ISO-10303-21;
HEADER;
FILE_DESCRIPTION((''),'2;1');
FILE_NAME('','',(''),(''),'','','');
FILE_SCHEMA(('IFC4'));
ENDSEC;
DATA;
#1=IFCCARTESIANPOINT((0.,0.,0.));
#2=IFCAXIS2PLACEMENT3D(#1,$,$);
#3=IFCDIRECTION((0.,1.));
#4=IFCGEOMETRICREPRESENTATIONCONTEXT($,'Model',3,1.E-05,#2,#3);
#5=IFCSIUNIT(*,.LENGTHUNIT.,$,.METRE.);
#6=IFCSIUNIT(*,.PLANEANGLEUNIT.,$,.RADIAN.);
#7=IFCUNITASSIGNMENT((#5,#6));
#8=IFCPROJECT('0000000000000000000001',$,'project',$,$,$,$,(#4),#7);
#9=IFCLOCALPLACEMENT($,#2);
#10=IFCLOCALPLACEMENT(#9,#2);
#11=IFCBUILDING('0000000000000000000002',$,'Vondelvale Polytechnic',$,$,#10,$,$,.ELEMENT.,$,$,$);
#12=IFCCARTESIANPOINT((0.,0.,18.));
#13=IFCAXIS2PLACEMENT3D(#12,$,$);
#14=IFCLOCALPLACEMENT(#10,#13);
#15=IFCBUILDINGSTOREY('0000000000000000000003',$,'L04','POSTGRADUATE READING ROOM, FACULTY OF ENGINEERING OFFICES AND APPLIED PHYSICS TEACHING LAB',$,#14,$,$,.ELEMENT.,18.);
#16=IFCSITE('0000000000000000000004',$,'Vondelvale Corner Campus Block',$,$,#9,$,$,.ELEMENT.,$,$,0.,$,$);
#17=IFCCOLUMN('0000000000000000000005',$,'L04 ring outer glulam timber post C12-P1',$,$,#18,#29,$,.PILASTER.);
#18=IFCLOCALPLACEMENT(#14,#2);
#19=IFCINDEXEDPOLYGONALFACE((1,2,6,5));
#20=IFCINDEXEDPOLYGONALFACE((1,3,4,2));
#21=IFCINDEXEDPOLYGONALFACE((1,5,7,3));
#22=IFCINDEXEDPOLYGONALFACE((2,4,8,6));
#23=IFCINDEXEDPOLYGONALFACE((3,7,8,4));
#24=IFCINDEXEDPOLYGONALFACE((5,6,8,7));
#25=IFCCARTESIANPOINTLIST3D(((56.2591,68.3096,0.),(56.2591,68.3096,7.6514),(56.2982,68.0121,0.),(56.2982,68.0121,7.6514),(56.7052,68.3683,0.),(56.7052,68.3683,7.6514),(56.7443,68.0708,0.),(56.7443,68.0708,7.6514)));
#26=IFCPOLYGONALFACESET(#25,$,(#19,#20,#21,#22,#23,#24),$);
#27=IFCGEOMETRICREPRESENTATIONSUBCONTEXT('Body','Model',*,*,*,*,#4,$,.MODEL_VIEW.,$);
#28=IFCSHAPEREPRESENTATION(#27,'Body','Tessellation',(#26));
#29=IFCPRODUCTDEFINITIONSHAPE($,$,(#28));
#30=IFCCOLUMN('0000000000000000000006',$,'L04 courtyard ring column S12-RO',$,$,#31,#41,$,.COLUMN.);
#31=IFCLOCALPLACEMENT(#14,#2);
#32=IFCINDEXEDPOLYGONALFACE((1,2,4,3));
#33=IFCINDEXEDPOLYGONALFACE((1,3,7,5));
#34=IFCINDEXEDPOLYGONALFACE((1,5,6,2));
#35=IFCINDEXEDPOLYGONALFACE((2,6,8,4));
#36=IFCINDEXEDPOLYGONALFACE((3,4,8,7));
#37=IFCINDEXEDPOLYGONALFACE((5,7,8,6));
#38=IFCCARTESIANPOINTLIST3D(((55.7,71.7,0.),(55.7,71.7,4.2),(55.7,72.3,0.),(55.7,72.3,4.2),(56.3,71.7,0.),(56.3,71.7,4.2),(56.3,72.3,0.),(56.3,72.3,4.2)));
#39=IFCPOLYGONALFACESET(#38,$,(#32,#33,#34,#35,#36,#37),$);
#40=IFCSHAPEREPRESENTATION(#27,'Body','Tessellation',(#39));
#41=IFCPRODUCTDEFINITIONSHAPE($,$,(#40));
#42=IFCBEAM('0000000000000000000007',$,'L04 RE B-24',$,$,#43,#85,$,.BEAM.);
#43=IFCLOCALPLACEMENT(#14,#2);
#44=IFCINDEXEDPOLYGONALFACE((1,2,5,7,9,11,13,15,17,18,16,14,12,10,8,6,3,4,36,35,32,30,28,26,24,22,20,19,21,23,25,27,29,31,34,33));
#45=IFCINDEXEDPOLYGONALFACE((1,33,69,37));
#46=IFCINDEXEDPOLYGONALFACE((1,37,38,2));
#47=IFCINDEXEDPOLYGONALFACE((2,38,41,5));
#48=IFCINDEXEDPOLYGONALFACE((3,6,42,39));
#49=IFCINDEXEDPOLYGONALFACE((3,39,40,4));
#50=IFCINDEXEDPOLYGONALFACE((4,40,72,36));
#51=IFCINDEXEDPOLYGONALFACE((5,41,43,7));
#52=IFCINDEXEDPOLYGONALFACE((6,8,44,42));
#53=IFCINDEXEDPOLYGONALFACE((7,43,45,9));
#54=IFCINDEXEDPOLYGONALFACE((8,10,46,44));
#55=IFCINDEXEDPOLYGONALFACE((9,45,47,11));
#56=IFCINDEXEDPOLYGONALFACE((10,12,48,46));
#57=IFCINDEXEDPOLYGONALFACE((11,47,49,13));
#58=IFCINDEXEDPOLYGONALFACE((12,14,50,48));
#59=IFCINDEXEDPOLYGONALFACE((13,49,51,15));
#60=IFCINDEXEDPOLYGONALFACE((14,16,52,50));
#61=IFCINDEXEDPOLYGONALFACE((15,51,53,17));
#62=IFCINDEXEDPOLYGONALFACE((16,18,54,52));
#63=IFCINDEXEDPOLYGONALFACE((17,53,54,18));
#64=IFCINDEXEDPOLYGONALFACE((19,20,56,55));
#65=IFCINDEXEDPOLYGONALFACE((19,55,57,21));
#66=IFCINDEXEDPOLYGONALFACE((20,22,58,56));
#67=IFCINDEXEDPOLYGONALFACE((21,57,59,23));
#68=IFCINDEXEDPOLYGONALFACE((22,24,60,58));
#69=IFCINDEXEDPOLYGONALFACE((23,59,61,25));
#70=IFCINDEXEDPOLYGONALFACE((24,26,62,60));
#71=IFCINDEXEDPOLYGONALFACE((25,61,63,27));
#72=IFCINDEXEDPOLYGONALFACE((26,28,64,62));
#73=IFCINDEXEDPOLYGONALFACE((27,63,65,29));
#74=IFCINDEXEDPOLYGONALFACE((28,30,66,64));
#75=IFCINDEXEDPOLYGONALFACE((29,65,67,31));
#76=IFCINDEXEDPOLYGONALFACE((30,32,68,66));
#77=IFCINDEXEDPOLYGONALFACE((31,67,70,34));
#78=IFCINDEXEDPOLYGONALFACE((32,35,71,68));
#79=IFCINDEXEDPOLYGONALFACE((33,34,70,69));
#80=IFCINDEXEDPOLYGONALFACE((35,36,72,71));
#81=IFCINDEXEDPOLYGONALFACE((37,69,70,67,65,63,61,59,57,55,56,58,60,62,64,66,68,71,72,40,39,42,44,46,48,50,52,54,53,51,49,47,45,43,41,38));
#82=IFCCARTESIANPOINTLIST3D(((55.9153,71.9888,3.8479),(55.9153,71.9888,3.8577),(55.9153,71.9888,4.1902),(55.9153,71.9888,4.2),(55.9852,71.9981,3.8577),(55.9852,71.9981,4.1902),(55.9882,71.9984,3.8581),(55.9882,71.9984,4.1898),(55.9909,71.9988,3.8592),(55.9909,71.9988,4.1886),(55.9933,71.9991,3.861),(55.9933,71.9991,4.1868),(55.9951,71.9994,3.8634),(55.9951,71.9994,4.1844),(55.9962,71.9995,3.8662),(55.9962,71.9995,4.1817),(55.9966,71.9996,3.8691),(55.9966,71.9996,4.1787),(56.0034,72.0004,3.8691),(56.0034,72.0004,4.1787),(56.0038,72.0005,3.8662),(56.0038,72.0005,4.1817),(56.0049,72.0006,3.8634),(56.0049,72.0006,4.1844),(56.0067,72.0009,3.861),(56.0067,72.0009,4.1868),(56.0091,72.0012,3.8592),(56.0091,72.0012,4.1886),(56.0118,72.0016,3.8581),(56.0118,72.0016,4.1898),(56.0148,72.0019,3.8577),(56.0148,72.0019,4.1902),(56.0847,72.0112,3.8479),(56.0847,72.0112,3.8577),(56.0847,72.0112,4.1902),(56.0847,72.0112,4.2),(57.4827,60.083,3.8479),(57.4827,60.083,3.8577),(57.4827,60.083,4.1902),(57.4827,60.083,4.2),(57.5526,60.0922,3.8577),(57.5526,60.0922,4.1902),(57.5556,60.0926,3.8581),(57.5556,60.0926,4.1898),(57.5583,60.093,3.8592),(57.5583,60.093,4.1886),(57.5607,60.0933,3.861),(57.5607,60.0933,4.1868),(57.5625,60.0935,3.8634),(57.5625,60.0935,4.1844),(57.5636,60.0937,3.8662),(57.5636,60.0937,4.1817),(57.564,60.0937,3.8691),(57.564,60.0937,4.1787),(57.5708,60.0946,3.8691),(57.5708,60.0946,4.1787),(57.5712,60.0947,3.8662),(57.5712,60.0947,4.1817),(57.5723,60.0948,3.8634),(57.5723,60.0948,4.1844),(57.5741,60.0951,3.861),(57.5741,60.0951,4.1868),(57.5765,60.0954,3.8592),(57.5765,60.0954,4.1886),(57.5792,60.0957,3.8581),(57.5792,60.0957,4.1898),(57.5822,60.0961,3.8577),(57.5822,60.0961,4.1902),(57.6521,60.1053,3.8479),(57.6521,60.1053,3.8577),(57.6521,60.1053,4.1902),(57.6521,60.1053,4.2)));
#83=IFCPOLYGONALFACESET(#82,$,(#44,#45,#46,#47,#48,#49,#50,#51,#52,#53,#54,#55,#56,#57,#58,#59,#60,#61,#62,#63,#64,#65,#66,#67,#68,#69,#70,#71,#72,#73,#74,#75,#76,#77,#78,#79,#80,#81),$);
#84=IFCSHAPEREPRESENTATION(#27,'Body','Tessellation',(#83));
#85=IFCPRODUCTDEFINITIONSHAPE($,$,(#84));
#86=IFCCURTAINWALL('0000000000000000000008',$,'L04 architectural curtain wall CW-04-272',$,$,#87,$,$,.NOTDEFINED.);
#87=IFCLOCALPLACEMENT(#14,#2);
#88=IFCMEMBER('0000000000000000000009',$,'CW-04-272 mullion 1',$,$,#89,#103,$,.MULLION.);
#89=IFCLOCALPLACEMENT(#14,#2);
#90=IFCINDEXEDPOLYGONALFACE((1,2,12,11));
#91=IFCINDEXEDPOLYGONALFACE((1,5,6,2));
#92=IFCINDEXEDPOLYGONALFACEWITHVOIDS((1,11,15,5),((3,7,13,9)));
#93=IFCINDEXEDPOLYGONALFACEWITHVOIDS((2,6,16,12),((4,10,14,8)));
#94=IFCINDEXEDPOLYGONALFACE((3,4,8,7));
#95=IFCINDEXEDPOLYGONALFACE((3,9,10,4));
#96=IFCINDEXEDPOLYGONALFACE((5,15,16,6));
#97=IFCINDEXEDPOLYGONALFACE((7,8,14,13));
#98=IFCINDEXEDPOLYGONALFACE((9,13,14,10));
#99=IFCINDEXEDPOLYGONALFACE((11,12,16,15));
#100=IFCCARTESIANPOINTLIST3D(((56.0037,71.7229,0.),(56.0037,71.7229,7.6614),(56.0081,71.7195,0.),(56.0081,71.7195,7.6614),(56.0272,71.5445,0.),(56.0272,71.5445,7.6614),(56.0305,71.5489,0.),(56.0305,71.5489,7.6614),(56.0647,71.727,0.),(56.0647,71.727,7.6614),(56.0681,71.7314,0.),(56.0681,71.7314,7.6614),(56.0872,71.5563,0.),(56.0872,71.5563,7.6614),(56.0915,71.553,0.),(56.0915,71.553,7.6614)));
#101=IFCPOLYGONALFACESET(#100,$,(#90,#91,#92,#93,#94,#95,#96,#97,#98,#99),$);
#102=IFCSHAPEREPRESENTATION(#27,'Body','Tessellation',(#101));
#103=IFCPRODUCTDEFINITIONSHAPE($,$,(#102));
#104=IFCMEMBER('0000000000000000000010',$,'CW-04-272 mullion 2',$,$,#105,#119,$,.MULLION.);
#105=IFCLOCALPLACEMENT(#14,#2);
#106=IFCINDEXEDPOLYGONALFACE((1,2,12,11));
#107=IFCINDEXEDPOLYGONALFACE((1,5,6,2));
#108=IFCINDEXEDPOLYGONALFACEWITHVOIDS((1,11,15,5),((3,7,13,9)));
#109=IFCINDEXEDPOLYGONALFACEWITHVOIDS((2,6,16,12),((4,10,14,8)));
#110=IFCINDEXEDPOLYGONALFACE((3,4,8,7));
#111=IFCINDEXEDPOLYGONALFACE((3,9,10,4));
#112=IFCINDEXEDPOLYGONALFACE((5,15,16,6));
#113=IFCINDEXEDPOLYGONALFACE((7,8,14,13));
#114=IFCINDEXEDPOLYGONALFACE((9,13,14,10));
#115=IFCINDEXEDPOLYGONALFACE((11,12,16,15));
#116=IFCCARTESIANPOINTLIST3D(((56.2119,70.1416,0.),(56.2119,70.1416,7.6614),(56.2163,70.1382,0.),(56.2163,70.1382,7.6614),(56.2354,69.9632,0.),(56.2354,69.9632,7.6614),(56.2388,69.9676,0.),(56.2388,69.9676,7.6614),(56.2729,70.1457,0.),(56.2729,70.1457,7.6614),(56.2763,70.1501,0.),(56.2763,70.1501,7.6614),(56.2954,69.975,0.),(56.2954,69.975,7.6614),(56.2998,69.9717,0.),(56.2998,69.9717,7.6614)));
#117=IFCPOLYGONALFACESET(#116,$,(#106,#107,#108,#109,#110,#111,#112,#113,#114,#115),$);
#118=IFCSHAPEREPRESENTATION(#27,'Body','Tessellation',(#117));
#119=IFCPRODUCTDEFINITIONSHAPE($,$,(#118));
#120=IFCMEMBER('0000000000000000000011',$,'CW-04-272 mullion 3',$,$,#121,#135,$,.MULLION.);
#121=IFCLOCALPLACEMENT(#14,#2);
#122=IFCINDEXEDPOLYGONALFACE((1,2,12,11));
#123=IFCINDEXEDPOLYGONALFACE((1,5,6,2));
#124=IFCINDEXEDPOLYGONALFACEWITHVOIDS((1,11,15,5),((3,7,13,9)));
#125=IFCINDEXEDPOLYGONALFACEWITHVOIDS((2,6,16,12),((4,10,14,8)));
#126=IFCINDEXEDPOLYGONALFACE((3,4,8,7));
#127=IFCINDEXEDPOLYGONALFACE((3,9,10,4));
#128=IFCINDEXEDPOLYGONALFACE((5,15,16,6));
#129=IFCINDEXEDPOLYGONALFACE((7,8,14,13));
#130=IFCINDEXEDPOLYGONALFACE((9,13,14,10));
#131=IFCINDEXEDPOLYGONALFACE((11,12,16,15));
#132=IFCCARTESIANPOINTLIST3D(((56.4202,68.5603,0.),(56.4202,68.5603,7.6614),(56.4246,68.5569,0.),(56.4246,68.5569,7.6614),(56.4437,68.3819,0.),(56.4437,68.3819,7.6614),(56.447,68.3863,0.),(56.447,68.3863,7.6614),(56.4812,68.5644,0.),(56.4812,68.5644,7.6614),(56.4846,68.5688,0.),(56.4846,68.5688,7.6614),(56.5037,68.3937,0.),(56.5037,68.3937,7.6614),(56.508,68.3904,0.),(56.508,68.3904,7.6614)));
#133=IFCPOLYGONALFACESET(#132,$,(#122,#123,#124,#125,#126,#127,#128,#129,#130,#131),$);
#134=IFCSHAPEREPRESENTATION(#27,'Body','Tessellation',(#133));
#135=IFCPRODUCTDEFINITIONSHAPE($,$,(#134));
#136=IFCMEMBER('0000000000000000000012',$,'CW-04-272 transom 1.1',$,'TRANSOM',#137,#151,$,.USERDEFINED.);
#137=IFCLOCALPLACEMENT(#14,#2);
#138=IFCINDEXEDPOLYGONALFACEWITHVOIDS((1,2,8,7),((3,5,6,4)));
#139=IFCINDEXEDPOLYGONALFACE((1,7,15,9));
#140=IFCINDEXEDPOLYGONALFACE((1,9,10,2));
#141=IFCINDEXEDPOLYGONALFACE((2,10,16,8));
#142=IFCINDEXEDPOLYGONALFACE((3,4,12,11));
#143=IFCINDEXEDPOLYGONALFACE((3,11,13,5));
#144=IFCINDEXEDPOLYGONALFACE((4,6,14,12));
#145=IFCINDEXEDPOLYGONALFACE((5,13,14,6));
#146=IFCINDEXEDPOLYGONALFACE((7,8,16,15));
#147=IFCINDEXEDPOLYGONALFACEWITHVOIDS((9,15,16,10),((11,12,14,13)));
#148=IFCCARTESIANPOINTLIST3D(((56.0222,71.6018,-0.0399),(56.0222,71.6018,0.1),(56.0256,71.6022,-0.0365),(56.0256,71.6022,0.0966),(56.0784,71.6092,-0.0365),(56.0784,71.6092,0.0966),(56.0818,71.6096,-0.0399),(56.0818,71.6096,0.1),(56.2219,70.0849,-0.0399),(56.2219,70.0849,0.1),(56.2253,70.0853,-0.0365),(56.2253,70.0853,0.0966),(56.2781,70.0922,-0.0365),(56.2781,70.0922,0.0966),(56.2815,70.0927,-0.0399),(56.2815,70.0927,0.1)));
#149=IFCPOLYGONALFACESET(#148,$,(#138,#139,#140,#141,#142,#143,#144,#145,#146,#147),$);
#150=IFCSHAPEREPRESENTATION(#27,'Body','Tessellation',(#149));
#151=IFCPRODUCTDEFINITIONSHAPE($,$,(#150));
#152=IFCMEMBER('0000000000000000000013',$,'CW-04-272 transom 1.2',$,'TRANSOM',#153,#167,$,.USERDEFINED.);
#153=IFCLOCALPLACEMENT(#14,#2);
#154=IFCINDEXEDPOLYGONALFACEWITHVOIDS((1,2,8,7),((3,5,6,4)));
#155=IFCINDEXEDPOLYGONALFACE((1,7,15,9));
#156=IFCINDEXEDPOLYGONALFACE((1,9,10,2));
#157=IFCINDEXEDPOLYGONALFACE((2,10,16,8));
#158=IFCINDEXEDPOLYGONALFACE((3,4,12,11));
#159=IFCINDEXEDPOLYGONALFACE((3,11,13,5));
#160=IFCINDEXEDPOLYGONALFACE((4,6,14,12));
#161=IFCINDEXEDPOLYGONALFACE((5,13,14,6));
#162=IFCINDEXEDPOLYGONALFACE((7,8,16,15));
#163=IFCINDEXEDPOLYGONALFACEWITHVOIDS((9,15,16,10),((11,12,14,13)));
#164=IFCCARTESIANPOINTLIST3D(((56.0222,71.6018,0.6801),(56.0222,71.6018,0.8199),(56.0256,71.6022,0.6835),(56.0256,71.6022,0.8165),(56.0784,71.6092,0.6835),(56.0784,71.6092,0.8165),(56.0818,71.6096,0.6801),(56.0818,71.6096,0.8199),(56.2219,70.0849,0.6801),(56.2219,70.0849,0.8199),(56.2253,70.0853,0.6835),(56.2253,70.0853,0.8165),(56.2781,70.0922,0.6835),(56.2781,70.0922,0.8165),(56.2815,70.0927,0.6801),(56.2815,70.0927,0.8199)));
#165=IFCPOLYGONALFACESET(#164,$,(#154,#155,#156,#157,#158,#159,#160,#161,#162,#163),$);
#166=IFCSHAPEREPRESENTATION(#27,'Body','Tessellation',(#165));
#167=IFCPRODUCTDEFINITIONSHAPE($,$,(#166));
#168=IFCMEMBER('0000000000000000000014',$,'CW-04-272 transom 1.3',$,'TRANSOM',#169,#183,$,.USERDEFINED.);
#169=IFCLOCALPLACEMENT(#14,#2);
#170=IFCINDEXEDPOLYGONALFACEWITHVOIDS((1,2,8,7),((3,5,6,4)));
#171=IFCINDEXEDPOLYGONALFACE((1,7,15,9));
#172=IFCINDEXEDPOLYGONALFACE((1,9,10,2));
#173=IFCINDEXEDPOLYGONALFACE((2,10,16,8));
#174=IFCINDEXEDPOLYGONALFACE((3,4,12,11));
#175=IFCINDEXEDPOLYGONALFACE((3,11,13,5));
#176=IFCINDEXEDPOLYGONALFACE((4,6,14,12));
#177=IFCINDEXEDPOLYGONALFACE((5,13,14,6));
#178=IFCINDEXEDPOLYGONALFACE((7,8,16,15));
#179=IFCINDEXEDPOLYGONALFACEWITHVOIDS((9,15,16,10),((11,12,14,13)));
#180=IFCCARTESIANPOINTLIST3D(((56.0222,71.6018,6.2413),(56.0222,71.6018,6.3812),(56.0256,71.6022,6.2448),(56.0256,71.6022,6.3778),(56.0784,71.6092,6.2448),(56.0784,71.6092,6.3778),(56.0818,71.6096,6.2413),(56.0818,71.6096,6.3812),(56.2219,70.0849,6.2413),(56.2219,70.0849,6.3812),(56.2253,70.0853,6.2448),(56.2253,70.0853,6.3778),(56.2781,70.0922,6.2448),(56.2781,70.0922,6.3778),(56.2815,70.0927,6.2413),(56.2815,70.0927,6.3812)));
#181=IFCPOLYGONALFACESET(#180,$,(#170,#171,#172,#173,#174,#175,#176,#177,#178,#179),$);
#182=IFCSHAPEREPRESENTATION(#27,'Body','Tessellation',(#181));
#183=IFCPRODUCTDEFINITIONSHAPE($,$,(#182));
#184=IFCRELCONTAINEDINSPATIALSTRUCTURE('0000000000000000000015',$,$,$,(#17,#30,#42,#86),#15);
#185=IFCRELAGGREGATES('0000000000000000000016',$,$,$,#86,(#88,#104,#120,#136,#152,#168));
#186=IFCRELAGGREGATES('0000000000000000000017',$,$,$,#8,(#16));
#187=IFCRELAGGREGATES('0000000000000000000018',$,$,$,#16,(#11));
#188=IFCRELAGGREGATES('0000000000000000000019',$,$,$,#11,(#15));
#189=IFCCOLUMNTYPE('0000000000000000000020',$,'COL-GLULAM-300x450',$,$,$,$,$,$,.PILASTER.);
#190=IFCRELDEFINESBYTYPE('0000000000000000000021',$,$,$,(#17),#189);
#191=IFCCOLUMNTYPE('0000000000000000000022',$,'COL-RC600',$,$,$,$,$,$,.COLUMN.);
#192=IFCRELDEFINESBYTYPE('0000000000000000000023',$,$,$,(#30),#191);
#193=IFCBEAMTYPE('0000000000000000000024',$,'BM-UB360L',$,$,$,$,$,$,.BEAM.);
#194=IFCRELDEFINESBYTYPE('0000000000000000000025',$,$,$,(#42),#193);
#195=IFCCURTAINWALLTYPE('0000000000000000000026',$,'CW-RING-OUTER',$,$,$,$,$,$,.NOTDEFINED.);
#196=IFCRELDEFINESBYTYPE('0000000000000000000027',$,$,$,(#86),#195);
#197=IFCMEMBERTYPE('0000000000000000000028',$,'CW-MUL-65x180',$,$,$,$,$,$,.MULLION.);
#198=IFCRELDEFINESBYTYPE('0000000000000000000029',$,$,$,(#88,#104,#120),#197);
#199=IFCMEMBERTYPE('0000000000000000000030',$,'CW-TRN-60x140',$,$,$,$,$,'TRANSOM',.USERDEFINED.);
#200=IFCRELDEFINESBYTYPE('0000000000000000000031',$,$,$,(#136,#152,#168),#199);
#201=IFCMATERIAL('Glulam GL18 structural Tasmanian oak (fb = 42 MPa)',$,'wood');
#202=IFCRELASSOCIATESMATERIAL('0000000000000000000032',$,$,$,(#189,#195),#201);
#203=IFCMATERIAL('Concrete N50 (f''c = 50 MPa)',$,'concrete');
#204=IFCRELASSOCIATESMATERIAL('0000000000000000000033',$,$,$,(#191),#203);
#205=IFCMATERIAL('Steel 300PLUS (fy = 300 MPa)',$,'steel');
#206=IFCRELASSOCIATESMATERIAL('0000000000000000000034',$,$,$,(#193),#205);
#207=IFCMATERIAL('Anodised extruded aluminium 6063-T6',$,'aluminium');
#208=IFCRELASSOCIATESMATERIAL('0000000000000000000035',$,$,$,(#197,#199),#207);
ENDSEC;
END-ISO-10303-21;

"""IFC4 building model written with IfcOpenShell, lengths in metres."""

from ifc_helpers import new_model, si_unit, direction, frame, origin, origin_2d, place, context, subcontext, project, spatial, rectangle, hollow_rectangle, i_section, extrude, material, material_profile, profile_set, type_object, element, aggregate, save


model = new_model("IFC4")

# Units and contexts
model_context = context("Model", 3, precision=1e-05, world=origin(), true_north=direction((0.0, 1.0)))
body_context = subcontext(model_context, "Body", "Model", "MODEL_VIEW")
ifc_project = project(units=[si_unit("LENGTHUNIT", "METRE"), si_unit("PLANEANGLEUNIT", "RADIAN")], contexts=[model_context])

# Site, building, storey
site_placement = place(None, origin())
site = spatial("IfcSite", under=ifc_project, at=site_placement, Name="Vondelvale Corner Campus Block", CompositionType="ELEMENT", RefElevation=0.0)
building_placement = place(site_placement, origin())
building = spatial("IfcBuilding", under=site, at=building_placement, Name="Vondelvale Polytechnic", CompositionType="ELEMENT")
storey_placement = place(building_placement, frame((0.0, 0.0, 18.0)))
storey = spatial("IfcBuildingStorey", under=building, at=storey_placement, Name="L04", Description="POSTGRADUATE READING ROOM, FACULTY OF ENGINEERING OFFICES AND APPLIED PHYSICS TEACHING LAB", CompositionType="ELEMENT", Elevation=18.0)

# Columns
ifc_material_1 = material(Name="Glulam GL18 structural Tasmanian oak (fb = 42 MPa)", Category="wood")
ifc_material_profile_1 = material_profile(ifc_material_1, rectangle(XDim=0.3, YDim=0.45, at=origin_2d()), Name="GL-POST-300x450")
ifc_profile_set_1 = profile_set([ifc_material_profile_1], Name="Glulam GL18 structural Tasmanian oak (fb = 42 MPa)")
column_type_1 = type_object("IfcColumnType", Name="COL-GLULAM-300x450", PredefinedType="PILASTER", material=ifc_profile_set_1)
column_1_placement = place(storey_placement, frame((56.5017, 68.1902, 0.0), z_axis=(0.0, 0.0, 1.0), x_axis=(-0.130526, 0.991445, 0.0)))
element("IfcColumn", 1, at=column_1_placement, inside=storey, type_object=column_type_1, Name="L04 ring outer glulam timber post C12-P1", PredefinedType="PILASTER", context=body_context, shape_type="SweptSolid", body=[
    extrude(rectangle(XDim=0.3, YDim=0.45, at=origin_2d()), origin(), (0.0, 0.0, 1.0), 7.6514),
])
ifc_material_2 = material(Name="Concrete N50 (f'c = 50 MPa)", Category="concrete")
ifc_material_profile_2 = material_profile(ifc_material_2, rectangle(XDim=0.6001, YDim=0.6001, at=origin_2d()), Name="RC-COL-600x600")
ifc_profile_set_2 = profile_set([ifc_material_profile_2], Name="Concrete N50 (f'c = 50 MPa)")
column_type_2 = type_object("IfcColumnType", Name="COL-RC600", PredefinedType="COLUMN", material=ifc_profile_set_2)
column_2_placement = place(storey_placement, frame((56.0, 72.0, 0.0), z_axis=(0.0, 0.0, 1.0), x_axis=(1.0, 0.0, 0.0)))
element("IfcColumn", 2, at=column_2_placement, inside=storey, type_object=column_type_2, Name="L04 courtyard ring column S12-RO", PredefinedType="COLUMN", context=body_context, shape_type="SweptSolid", body=[
    extrude(rectangle(XDim=0.6001, YDim=0.6001, at=origin_2d()), origin(), (0.0, 0.0, 1.0), 4.2),
])

# Beam
ifc_material_3 = material(Name="Steel 300PLUS (fy = 300 MPa)", Category="steel")
ifc_material_profile_3 = material_profile(ifc_material_3, i_section(OverallWidth=0.1709, OverallDepth=0.3521, WebThickness=0.0068, FlangeThickness=0.0098, FilletRadius=0.0115, at=origin_2d()), Name="360UB44.7")
ifc_profile_set_3 = profile_set([ifc_material_profile_3], Name="Steel 300PLUS (fy = 300 MPa)")
beam_type = type_object("IfcBeamType", Name="BM-UB360L", PredefinedType="BEAM", material=ifc_profile_set_3)
beam_placement = place(storey_placement, frame((56.0, 72.0, 4.0239), z_axis=(0.130523, -0.991445, 0.0), x_axis=(0.991445, 0.130523, 0.0)))
element("IfcBeam", 3, at=beam_placement, inside=storey, type_object=beam_type, Name="L04 RE B-24", PredefinedType="BEAM", context=body_context, shape_type="SweptSolid", body=[
    extrude(i_section(OverallWidth=0.1709, OverallDepth=0.3521, WebThickness=0.0068, FlangeThickness=0.0098, FilletRadius=0.0115, at=origin_2d()), origin(), (0.0, 0.0, 1.0), 12.0085),
])

# Curtain wall, members
curtain_wall_type = type_object("IfcCurtainWallType", Name="CW-RING-OUTER", PredefinedType="NOTDEFINED", material=ifc_material_1)
curtain_wall_placement = place(storey_placement, origin())
curtain_wall = element("IfcCurtainWall", 4, at=curtain_wall_placement, inside=storey, type_object=curtain_wall_type, Name="L04 architectural curtain wall CW-04-272", PredefinedType="NOTDEFINED")
ifc_material_4 = material(Name="Anodised extruded aluminium 6063-T6", Category="aluminium")
ifc_material_profile_4 = material_profile(ifc_material_4, hollow_rectangle(XDim=0.0649, YDim=0.1799, WallThickness=0.0039, at=origin_2d()), Name="CW-MUL-180x65")
ifc_profile_set_4 = profile_set([ifc_material_profile_4], Name="Anodised extruded aluminium 6063-T6")
member_type_1 = type_object("IfcMemberType", Name="CW-MUL-65x180", PredefinedType="MULLION", material=ifc_profile_set_4)
member_1_placement = place(storey_placement, frame((56.0476, 71.6379, 0.0), z_axis=(0.0, 0.0, 1.0), x_axis=(0.991443, 0.13054, 0.0)))
member_1 = element("IfcMember", 5, at=member_1_placement, type_object=member_type_1, Name="CW-04-272 mullion 1", PredefinedType="MULLION", context=body_context, shape_type="SweptSolid", body=[
    extrude(hollow_rectangle(XDim=0.0649, YDim=0.1799, WallThickness=0.0039, at=origin_2d()), origin(), (0.0, 0.0, 1.0), 7.6614),
])
member_2_placement = place(storey_placement, frame((56.2559, 70.0566, 0.0), z_axis=(0.0, 0.0, 1.0), x_axis=(0.991443, 0.13054, 0.0)))
member_2 = element("IfcMember", 6, at=member_2_placement, type_object=member_type_1, Name="CW-04-272 mullion 2", PredefinedType="MULLION", context=body_context, shape_type="SweptSolid", body=[
    extrude(hollow_rectangle(XDim=0.0649, YDim=0.1799, WallThickness=0.0039, at=origin_2d()), origin(), (0.0, 0.0, 1.0), 7.6614),
])
member_3_placement = place(storey_placement, frame((56.4641, 68.4753, 0.0), z_axis=(0.0, 0.0, 1.0), x_axis=(0.991443, 0.13054, 0.0)))
member_3 = element("IfcMember", 7, at=member_3_placement, type_object=member_type_1, Name="CW-04-272 mullion 3", PredefinedType="MULLION", context=body_context, shape_type="SweptSolid", body=[
    extrude(hollow_rectangle(XDim=0.0649, YDim=0.1799, WallThickness=0.0039, at=origin_2d()), origin(), (0.0, 0.0, 1.0), 7.6614),
])
ifc_material_profile_5 = material_profile(ifc_material_4, hollow_rectangle(XDim=0.0601, YDim=0.1399, WallThickness=0.0034, at=origin_2d()), Name="CW-TRN-140x60")
ifc_profile_set_5 = profile_set([ifc_material_profile_5], Name="Anodised extruded aluminium 6063-T6")
member_type_2 = type_object("IfcMemberType", Name="CW-TRN-60x140", ElementType="TRANSOM", PredefinedType="USERDEFINED", material=ifc_profile_set_5)
member_4_placement = place(storey_placement, frame((56.052, 71.6057, 0.03), z_axis=(0.130533, -0.991444, 0.0), x_axis=(0.991444, 0.130533, 0.0)))
member_4 = element("IfcMember", 8, at=member_4_placement, type_object=member_type_2, Name="CW-04-272 transom 1.1", ObjectType="TRANSOM", PredefinedType="USERDEFINED", context=body_context, shape_type="SweptSolid", body=[
    extrude(hollow_rectangle(XDim=0.0601, YDim=0.1399, WallThickness=0.0034, at=origin_2d()), origin(), (0.0, 0.0, 1.0), 1.53),
])
member_5_placement = place(storey_placement, frame((56.052, 71.6057, 0.75), z_axis=(0.130533, -0.991444, 0.0), x_axis=(0.991444, 0.130533, 0.0)))
member_5 = element("IfcMember", 9, at=member_5_placement, type_object=member_type_2, Name="CW-04-272 transom 1.2", ObjectType="TRANSOM", PredefinedType="USERDEFINED", context=body_context, shape_type="SweptSolid", body=[
    extrude(hollow_rectangle(XDim=0.0601, YDim=0.1399, WallThickness=0.0034, at=origin_2d()), origin(), (0.0, 0.0, 1.0), 1.53),
])
member_6_placement = place(storey_placement, frame((56.052, 71.6057, 6.3113), z_axis=(0.130533, -0.991444, 0.0), x_axis=(0.991444, 0.130533, 0.0)))
member_6 = element("IfcMember", 10, at=member_6_placement, type_object=member_type_2, Name="CW-04-272 transom 1.3", ObjectType="TRANSOM", PredefinedType="USERDEFINED", context=body_context, shape_type="SweptSolid", body=[
    extrude(hollow_rectangle(XDim=0.0601, YDim=0.1399, WallThickness=0.0034, at=origin_2d()), origin(), (0.0, 0.0, 1.0), 1.53),
])

aggregate(curtain_wall, [member_1, member_2, member_3, member_4, member_5, member_6])

save(model, "model.ifc")
